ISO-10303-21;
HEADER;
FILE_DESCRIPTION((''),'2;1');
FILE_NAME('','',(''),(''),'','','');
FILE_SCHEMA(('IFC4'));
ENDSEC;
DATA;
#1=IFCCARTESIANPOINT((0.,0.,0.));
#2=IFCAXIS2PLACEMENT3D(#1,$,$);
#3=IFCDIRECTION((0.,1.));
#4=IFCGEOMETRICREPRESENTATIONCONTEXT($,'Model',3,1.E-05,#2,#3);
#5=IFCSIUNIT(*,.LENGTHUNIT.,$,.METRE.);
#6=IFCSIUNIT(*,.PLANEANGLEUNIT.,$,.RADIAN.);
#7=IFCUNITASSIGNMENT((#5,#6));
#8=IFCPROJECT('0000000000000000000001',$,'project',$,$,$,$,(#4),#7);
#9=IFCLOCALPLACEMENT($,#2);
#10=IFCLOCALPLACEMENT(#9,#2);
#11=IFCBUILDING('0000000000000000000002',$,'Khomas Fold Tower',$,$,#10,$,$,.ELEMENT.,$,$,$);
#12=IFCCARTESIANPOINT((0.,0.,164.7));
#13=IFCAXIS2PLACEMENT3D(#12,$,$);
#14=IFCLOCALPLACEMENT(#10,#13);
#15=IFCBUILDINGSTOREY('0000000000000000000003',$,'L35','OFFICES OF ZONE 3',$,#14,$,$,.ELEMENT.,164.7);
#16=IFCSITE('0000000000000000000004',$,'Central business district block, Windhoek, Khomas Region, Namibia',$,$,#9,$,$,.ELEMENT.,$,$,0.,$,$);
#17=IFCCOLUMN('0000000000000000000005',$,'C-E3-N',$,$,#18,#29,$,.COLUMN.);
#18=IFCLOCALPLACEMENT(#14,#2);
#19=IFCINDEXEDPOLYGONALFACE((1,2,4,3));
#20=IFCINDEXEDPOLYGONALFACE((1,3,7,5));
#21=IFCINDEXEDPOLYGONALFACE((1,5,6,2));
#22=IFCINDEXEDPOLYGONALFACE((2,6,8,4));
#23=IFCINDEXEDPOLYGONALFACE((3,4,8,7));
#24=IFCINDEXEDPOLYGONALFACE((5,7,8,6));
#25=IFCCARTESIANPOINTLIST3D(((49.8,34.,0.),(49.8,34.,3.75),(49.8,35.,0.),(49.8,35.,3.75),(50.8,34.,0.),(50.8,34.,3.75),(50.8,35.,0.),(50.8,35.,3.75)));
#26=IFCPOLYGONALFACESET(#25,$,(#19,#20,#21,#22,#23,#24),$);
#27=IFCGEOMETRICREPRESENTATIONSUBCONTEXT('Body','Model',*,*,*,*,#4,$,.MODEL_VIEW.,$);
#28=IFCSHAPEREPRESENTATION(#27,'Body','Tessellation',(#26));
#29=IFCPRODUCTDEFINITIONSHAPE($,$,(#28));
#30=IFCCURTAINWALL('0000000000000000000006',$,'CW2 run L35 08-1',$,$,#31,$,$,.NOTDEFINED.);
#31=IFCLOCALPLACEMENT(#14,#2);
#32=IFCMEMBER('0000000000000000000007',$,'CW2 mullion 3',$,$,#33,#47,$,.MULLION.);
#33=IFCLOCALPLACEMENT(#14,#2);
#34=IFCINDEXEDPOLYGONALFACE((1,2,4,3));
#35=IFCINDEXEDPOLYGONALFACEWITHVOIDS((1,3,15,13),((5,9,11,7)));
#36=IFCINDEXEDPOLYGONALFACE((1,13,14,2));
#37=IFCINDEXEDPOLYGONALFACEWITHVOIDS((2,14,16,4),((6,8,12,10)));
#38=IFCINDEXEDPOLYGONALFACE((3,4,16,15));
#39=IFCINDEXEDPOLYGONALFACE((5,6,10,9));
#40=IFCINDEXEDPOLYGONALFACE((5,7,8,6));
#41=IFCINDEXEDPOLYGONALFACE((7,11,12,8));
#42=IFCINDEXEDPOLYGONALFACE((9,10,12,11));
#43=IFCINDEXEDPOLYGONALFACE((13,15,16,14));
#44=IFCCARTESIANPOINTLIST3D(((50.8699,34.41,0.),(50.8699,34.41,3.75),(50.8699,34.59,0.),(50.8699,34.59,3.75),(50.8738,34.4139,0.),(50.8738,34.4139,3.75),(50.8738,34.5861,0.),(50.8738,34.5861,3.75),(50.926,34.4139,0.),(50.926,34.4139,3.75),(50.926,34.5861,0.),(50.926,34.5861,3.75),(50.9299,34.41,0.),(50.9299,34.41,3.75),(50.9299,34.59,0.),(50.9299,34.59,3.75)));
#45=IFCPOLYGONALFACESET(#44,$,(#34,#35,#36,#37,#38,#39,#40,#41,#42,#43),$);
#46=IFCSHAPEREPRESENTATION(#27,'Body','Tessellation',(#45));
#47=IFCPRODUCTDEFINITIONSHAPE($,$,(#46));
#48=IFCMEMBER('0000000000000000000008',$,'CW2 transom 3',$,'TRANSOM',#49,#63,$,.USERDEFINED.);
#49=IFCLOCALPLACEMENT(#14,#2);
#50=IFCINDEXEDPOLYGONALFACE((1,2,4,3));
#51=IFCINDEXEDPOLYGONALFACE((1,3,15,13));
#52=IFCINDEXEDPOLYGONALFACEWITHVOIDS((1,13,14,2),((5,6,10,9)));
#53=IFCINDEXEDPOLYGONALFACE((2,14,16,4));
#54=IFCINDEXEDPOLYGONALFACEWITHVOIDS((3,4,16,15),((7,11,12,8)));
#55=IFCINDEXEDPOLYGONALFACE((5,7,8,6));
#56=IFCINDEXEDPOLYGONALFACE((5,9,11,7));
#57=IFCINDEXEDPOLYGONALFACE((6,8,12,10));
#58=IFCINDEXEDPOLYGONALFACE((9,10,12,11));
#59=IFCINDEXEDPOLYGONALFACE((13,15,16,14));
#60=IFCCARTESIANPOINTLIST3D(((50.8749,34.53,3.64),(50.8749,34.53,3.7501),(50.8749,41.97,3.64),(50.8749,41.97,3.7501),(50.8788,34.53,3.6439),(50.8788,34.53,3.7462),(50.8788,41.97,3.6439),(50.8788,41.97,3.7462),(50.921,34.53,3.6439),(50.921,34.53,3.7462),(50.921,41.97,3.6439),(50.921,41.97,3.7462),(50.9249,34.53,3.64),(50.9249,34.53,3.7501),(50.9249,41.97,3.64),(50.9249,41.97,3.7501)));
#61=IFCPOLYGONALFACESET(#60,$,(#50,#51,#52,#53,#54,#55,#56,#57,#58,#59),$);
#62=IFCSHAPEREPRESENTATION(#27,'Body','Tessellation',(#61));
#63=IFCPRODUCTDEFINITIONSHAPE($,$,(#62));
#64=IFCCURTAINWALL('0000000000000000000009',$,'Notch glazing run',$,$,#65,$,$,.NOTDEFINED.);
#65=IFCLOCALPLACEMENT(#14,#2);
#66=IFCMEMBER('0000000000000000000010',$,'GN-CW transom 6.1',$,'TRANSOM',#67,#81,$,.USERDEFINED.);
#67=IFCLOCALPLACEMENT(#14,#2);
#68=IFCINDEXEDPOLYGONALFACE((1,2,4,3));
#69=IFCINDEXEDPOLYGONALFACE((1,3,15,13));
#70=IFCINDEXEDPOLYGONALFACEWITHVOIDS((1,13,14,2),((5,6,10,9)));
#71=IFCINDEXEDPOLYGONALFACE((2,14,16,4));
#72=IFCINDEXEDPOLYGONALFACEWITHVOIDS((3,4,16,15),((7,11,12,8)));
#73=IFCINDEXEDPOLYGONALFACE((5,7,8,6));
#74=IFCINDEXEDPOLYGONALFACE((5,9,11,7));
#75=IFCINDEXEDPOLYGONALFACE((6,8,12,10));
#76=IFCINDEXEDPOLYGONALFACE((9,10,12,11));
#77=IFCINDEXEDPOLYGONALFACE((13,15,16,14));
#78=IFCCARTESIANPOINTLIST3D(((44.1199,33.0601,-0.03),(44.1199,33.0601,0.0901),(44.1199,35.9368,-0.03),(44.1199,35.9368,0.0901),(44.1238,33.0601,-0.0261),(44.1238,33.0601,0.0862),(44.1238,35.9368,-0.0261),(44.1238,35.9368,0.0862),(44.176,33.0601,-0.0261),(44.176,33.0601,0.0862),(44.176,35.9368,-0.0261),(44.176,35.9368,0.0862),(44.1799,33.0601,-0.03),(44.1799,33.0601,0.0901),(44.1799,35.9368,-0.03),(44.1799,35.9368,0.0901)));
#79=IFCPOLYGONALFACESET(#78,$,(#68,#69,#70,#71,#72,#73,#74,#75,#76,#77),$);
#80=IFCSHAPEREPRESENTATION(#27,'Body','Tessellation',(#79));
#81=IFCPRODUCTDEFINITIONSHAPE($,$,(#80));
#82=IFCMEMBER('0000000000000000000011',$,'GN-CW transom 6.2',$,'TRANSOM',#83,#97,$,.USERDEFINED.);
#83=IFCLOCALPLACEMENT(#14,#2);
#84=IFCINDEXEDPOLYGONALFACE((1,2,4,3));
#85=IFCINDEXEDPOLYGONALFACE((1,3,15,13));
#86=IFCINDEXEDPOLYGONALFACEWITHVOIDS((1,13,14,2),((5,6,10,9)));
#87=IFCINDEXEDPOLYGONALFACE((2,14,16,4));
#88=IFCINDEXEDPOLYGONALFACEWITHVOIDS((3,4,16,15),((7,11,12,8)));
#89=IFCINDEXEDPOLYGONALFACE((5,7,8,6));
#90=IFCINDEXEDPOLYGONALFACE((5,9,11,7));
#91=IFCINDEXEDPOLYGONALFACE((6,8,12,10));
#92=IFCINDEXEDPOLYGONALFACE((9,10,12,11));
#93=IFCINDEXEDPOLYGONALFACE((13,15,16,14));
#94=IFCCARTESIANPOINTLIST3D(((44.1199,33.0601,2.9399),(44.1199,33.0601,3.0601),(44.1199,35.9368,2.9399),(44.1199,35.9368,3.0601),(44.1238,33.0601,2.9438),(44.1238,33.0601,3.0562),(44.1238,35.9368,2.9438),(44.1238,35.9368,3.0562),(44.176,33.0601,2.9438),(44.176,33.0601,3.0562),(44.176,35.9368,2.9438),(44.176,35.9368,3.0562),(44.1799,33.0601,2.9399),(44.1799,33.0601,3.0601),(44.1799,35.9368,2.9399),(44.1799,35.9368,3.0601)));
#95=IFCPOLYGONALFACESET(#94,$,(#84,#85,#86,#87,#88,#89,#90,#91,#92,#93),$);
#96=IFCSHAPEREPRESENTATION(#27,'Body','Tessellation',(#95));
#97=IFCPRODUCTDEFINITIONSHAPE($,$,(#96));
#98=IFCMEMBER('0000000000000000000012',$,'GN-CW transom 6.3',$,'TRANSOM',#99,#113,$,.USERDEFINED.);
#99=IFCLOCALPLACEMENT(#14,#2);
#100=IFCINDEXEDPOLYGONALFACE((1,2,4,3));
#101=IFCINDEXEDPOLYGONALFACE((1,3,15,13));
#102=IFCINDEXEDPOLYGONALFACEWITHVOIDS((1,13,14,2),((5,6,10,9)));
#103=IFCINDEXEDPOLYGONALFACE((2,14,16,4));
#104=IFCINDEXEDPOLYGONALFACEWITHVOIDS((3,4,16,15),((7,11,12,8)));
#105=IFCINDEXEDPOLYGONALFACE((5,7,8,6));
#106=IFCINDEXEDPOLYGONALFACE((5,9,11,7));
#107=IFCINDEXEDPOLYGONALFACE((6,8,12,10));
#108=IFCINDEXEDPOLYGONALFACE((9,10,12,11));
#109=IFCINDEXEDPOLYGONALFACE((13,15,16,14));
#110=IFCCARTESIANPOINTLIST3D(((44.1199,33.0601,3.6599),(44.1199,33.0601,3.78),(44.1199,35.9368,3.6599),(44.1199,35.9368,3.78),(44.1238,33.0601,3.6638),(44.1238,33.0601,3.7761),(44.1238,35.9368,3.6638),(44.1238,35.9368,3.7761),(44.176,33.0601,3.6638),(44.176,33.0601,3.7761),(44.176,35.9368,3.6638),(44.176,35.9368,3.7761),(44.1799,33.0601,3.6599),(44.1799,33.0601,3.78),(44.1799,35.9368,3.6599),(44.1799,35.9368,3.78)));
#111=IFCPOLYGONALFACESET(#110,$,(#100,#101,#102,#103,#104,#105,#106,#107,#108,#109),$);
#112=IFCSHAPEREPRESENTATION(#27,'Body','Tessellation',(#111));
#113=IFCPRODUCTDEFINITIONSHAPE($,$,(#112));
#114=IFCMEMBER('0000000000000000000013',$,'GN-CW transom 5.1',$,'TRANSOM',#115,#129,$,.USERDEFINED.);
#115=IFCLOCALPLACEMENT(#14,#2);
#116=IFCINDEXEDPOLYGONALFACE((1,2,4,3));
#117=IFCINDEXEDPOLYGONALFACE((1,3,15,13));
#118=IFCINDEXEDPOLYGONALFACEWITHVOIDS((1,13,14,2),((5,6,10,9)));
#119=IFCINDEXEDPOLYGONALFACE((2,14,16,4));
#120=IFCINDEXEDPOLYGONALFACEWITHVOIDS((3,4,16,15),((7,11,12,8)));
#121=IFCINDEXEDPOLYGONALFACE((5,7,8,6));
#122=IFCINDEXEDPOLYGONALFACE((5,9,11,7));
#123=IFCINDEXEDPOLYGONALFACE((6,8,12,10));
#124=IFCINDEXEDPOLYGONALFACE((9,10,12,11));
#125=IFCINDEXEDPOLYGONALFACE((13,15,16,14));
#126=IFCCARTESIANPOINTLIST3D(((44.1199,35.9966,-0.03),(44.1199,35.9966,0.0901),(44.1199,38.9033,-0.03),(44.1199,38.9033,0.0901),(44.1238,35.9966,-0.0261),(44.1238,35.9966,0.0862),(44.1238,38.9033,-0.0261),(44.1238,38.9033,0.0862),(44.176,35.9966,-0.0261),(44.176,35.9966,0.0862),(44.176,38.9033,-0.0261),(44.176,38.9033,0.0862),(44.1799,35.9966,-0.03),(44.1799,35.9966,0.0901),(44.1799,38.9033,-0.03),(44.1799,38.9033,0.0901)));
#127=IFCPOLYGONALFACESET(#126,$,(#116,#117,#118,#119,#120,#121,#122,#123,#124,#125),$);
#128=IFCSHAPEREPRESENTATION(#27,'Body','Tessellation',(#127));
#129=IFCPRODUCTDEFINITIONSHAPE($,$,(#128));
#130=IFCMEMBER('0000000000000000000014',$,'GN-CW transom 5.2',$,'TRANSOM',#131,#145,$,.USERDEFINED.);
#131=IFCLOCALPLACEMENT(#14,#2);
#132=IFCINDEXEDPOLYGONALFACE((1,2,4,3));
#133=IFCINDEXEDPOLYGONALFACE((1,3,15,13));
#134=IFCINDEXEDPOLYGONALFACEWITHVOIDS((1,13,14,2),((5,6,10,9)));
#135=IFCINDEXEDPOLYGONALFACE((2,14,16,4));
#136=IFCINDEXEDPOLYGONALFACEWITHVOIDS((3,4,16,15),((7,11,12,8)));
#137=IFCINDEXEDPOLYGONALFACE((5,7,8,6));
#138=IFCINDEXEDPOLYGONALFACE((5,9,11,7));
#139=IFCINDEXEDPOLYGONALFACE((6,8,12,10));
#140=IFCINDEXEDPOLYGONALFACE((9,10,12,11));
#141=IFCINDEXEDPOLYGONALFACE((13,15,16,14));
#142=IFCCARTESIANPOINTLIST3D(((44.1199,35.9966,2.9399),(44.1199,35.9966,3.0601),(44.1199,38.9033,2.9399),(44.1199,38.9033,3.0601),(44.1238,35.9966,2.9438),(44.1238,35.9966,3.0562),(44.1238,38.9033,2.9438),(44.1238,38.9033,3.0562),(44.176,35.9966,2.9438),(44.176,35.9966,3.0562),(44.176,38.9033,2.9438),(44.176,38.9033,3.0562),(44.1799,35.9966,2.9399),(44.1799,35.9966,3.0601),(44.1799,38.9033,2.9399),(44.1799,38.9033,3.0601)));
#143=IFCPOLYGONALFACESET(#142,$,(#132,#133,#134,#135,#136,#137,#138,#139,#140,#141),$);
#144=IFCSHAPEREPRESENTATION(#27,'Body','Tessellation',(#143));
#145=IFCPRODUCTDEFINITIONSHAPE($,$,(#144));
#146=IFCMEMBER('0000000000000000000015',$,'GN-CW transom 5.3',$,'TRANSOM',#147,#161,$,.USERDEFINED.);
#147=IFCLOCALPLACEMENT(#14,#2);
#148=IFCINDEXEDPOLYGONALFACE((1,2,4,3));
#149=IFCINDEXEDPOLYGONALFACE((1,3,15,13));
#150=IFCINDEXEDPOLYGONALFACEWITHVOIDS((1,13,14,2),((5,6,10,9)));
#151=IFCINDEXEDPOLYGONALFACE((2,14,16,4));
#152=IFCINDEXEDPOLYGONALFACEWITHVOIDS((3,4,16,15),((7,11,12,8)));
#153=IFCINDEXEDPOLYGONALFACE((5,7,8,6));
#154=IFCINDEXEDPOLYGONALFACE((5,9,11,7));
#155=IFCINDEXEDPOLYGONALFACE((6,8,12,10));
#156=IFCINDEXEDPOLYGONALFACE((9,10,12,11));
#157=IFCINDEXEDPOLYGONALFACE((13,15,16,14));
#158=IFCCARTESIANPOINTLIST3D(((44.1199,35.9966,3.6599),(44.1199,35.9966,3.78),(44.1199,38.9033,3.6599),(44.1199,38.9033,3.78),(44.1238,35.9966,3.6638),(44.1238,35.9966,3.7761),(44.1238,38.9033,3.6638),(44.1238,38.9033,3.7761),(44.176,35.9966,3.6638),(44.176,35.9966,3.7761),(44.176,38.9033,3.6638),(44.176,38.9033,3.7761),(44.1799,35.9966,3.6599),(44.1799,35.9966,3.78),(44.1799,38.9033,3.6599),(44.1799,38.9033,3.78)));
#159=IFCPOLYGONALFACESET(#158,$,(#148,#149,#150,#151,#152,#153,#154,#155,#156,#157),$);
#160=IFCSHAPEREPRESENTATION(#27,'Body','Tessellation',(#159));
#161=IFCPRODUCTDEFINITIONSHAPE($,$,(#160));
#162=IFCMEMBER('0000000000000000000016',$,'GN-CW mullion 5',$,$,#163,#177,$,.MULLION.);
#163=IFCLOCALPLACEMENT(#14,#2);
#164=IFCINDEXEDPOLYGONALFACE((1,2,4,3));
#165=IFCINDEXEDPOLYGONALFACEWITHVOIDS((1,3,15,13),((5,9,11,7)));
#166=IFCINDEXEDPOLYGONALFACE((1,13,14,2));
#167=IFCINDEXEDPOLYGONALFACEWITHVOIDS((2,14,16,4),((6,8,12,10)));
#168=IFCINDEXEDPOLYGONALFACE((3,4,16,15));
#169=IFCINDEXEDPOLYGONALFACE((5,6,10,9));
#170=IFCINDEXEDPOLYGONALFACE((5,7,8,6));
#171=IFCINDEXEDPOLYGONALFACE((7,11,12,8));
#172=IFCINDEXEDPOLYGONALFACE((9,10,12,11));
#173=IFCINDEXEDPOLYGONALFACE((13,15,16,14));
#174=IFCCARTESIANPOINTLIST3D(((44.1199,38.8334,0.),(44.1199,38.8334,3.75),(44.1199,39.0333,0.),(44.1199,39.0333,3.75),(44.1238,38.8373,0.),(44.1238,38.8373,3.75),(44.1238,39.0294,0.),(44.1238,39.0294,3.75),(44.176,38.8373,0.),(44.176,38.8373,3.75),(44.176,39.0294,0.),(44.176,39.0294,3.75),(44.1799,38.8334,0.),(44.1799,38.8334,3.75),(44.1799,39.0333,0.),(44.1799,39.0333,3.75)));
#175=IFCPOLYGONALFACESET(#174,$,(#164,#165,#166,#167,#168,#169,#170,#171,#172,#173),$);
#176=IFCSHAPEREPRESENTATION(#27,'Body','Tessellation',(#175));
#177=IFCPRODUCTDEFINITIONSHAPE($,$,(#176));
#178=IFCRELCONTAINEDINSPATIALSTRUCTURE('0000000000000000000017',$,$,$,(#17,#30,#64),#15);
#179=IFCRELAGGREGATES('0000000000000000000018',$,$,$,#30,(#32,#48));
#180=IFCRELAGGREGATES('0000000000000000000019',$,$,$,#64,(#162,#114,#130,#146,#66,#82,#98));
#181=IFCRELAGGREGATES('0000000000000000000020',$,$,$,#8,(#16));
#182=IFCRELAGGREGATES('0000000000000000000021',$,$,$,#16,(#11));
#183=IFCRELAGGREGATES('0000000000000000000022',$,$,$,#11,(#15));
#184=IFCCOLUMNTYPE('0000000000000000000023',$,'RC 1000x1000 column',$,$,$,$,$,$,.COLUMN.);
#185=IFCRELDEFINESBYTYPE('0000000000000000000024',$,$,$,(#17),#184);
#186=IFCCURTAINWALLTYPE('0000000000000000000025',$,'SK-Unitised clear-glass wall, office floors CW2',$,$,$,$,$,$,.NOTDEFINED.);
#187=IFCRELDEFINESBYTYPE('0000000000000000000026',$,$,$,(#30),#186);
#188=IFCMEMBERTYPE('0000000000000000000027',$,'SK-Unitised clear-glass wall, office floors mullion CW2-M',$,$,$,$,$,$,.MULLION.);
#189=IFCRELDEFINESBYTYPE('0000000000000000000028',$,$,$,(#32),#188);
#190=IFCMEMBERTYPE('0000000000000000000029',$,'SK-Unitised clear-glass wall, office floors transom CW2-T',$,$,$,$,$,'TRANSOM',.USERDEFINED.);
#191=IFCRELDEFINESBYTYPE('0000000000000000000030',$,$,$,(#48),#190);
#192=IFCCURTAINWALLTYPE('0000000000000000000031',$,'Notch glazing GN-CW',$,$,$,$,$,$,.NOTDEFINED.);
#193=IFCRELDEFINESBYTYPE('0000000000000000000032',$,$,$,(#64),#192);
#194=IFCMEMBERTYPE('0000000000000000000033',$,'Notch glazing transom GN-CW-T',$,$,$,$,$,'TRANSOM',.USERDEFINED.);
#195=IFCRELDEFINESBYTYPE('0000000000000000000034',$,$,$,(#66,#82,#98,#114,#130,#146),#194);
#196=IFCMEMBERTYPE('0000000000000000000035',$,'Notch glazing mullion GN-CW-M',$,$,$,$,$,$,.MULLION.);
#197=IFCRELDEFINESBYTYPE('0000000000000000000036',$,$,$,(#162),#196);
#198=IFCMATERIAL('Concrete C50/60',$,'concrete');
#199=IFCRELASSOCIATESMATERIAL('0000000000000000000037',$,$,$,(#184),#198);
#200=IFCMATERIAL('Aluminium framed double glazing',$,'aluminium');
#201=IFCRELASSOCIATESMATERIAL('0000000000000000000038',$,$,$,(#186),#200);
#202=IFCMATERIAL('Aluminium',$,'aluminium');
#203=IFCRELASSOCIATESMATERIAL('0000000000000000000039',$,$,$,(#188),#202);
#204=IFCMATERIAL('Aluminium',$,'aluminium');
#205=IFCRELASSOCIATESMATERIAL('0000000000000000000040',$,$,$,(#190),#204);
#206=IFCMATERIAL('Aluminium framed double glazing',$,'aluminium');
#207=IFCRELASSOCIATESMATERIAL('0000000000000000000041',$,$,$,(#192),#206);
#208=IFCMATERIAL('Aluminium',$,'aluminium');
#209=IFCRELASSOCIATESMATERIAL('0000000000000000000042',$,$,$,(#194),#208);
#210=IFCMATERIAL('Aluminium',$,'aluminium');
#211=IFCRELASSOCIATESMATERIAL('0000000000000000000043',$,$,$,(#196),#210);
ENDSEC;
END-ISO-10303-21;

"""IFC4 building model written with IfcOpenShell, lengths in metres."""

from ifc_helpers import new_model, si_unit, direction, frame, origin, origin_2d, place, context, subcontext, project, spatial, rectangle, hollow_rectangle, extrude, source, transform, mapped, material, material_profile, profile_set, type_object, element, aggregate, save


model = new_model("IFC4")

# Units and contexts
model_context = context("Model", 3, precision=1e-05, world=origin(), true_north=direction((0.0, 1.0)))
body_context = subcontext(model_context, "Body", "Model", "MODEL_VIEW")
ifc_project = project(units=[si_unit("LENGTHUNIT", "METRE"), si_unit("PLANEANGLEUNIT", "RADIAN")], contexts=[model_context])

# Site, building, storey
site_placement = place(None, origin())
site = spatial("IfcSite", under=ifc_project, at=site_placement, Name="Central business district block, Windhoek, Khomas Region, Namibia", CompositionType="ELEMENT", RefElevation=0.0)
building_placement = place(site_placement, origin())
building = spatial("IfcBuilding", under=site, at=building_placement, Name="Khomas Fold Tower", CompositionType="ELEMENT")
storey_placement = place(building_placement, frame((0.0, 0.0, 164.7)))
storey = spatial("IfcBuildingStorey", under=building, at=storey_placement, Name="L35", Description="OFFICES OF ZONE 3", CompositionType="ELEMENT", Elevation=164.7)

# Column
ifc_material_1 = material(Name="Concrete C50/60", Category="concrete")
ifc_material_profile_1 = material_profile(ifc_material_1, rectangle(XDim=1.0, YDim=1.0, at=origin_2d()), Name="RC 1000x1000")
ifc_profile_set_1 = profile_set([ifc_material_profile_1], Name="Concrete C50/60")
column_type = type_object("IfcColumnType", Name="RC 1000x1000 column", PredefinedType="COLUMN", material=ifc_profile_set_1)
shared_shape_1 = source(origin(), body_context, "Body", "SweptSolid", [
    extrude(rectangle(XDim=1.0, YDim=1.0, at=origin_2d()), origin(), (0.0, 0.0, 1.0), 3.75),
])
column_placement = place(storey_placement, frame((50.3, 34.5, 0.0), z_axis=(0.0, 0.0, 1.0), x_axis=(1.0, 0.0, 0.0)))
element("IfcColumn", 1, at=column_placement, inside=storey, type_object=column_type, Name="C-E3-N", PredefinedType="COLUMN", context=body_context, shape_type="MappedRepresentation", body=[
    mapped(shared_shape_1, transform((0.0, 0.0, 0.0))),
])

# Curtain walls, members
ifc_material_2 = material(Name="Aluminium framed double glazing", Category="aluminium")
curtain_wall_type_1 = type_object("IfcCurtainWallType", Name="SK-Unitised clear-glass wall, office floors CW2", PredefinedType="NOTDEFINED", material=ifc_material_2)
curtain_wall_1_placement = place(storey_placement, origin())
curtain_wall_1 = element("IfcCurtainWall", 2, at=curtain_wall_1_placement, inside=storey, type_object=curtain_wall_type_1, Name="CW2 run L35 08-1", PredefinedType="NOTDEFINED")
ifc_material_3 = material(Name="Aluminium", Category="aluminium")
ifc_material_profile_2 = material_profile(ifc_material_3, hollow_rectangle(XDim=0.0601, YDim=0.1799, WallThickness=0.0039, at=origin_2d()), Name="SK-Unitised clear-glass wall, office floors mullion CW2-M")
ifc_profile_set_2 = profile_set([ifc_material_profile_2], Name="Aluminium")
member_type_1 = type_object("IfcMemberType", Name="SK-Unitised clear-glass wall, office floors mullion CW2-M", PredefinedType="MULLION", material=ifc_profile_set_2)
shared_shape_2 = source(origin(), body_context, "Body", "SweptSolid", [
    extrude(hollow_rectangle(XDim=0.0601, YDim=0.1799, WallThickness=0.0039, at=origin_2d()), origin(), (0.0, 0.0, 1.0), 3.75),
])
member_1_placement = place(storey_placement, frame((50.8999, 34.5, 0.0), z_axis=(0.0, 0.0, 1.0), x_axis=(-1.0, 0.0, 0.0)))
member_1 = element("IfcMember", 3, at=member_1_placement, type_object=member_type_1, Name="CW2 mullion 3", PredefinedType="MULLION", context=body_context, shape_type="MappedRepresentation", body=[
    mapped(shared_shape_2, transform((0.0, 0.0, 0.0))),
])
ifc_material_4 = material(Name="Aluminium", Category="aluminium")
ifc_material_profile_3 = material_profile(ifc_material_4, hollow_rectangle(XDim=0.05, YDim=0.1101, WallThickness=0.0039, at=origin_2d()), Name="SK-Unitised clear-glass wall, office floors transom CW2-T")
ifc_profile_set_3 = profile_set([ifc_material_profile_3], Name="Aluminium")
member_type_2 = type_object("IfcMemberType", Name="SK-Unitised clear-glass wall, office floors transom CW2-T", ElementType="TRANSOM", PredefinedType="USERDEFINED", material=ifc_profile_set_3)
shared_shape_3 = source(origin(), body_context, "Body", "SweptSolid", [
    extrude(hollow_rectangle(XDim=0.05, YDim=0.1101, WallThickness=0.0039, at=origin_2d()), origin(), (0.0, 0.0, 1.0), 7.4399),
])
member_2_placement = place(storey_placement, frame((50.8999, 34.53, 3.6951), z_axis=(0.0, 1.0, 0.0), x_axis=(-1.0, 0.0, 0.0)))
member_2 = element("IfcMember", 4, at=member_2_placement, type_object=member_type_2, Name="CW2 transom 3", ObjectType="TRANSOM", PredefinedType="USERDEFINED", context=body_context, shape_type="MappedRepresentation", body=[
    mapped(shared_shape_3, transform((0.0, 0.0, 0.0))),
])
ifc_material_5 = material(Name="Aluminium framed double glazing", Category="aluminium")
curtain_wall_type_2 = type_object("IfcCurtainWallType", Name="Notch glazing GN-CW", PredefinedType="NOTDEFINED", material=ifc_material_5)
curtain_wall_2_placement = place(storey_placement, origin())
curtain_wall_2 = element("IfcCurtainWall", 5, at=curtain_wall_2_placement, inside=storey, type_object=curtain_wall_type_2, Name="Notch glazing run", PredefinedType="NOTDEFINED")
ifc_material_6 = material(Name="Aluminium", Category="aluminium")
ifc_material_profile_4 = material_profile(ifc_material_6, hollow_rectangle(XDim=0.0601, YDim=0.1201, WallThickness=0.0039, at=origin_2d()), Name="Notch glazing transom GN-CW-T")
ifc_profile_set_4 = profile_set([ifc_material_profile_4], Name="Aluminium")
member_type_3 = type_object("IfcMemberType", Name="Notch glazing transom GN-CW-T", ElementType="TRANSOM", PredefinedType="USERDEFINED", material=ifc_profile_set_4)
shared_shape_4 = source(origin(), body_context, "Body", "SweptSolid", [
    extrude(hollow_rectangle(XDim=0.0601, YDim=0.1201, WallThickness=0.0039, at=origin_2d()), origin(), (0.0, 0.0, 1.0), 2.8767),
])
member_3_placement = place(storey_placement, frame((44.1499, 35.9368, 0.03), z_axis=(0.0, -1.0, 0.0), x_axis=(1.0, 0.0, 0.0)))
member_3 = element("IfcMember", 6, at=member_3_placement, type_object=member_type_3, Name="GN-CW transom 6.1", ObjectType="TRANSOM", PredefinedType="USERDEFINED", context=body_context, shape_type="MappedRepresentation", body=[
    mapped(shared_shape_4, transform((0.0, 0.0, 0.0))),
])
member_4_placement = place(storey_placement, frame((44.1499, 35.9368, 3.0), z_axis=(0.0, -1.0, 0.0), x_axis=(1.0, 0.0, 0.0)))
member_4 = element("IfcMember", 7, at=member_4_placement, type_object=member_type_3, Name="GN-CW transom 6.2", ObjectType="TRANSOM", PredefinedType="USERDEFINED", context=body_context, shape_type="MappedRepresentation", body=[
    mapped(shared_shape_4, transform((0.0, 0.0, 0.0))),
])
member_5_placement = place(storey_placement, frame((44.1499, 35.9368, 3.72), z_axis=(0.0, -1.0, 0.0), x_axis=(1.0, 0.0, 0.0)))
member_5 = element("IfcMember", 8, at=member_5_placement, type_object=member_type_3, Name="GN-CW transom 6.3", ObjectType="TRANSOM", PredefinedType="USERDEFINED", context=body_context, shape_type="MappedRepresentation", body=[
    mapped(shared_shape_4, transform((0.0, 0.0, 0.0))),
])
shared_shape_5 = source(origin(), body_context, "Body", "SweptSolid", [
    extrude(hollow_rectangle(XDim=0.0601, YDim=0.1201, WallThickness=0.0039, at=origin_2d()), origin(), (0.0, 0.0, 1.0), 2.9067),
])
member_6_placement = place(storey_placement, frame((44.1499, 38.9033, 0.03), z_axis=(0.0, -1.0, 0.0), x_axis=(1.0, 0.0, 0.0)))
member_6 = element("IfcMember", 9, at=member_6_placement, type_object=member_type_3, Name="GN-CW transom 5.1", ObjectType="TRANSOM", PredefinedType="USERDEFINED", context=body_context, shape_type="MappedRepresentation", body=[
    mapped(shared_shape_5, transform((0.0, 0.0, 0.0))),
])
member_7_placement = place(storey_placement, frame((44.1499, 38.9033, 3.0), z_axis=(0.0, -1.0, 0.0), x_axis=(1.0, 0.0, 0.0)))
member_7 = element("IfcMember", 10, at=member_7_placement, type_object=member_type_3, Name="GN-CW transom 5.2", ObjectType="TRANSOM", PredefinedType="USERDEFINED", context=body_context, shape_type="MappedRepresentation", body=[
    mapped(shared_shape_5, transform((0.0, 0.0, 0.0))),
])
member_8_placement = place(storey_placement, frame((44.1499, 38.9033, 3.72), z_axis=(0.0, -1.0, 0.0), x_axis=(1.0, 0.0, 0.0)))
member_8 = element("IfcMember", 11, at=member_8_placement, type_object=member_type_3, Name="GN-CW transom 5.3", ObjectType="TRANSOM", PredefinedType="USERDEFINED", context=body_context, shape_type="MappedRepresentation", body=[
    mapped(shared_shape_5, transform((0.0, 0.0, 0.0))),
])
ifc_material_7 = material(Name="Aluminium", Category="aluminium")
ifc_material_profile_5 = material_profile(ifc_material_7, hollow_rectangle(XDim=0.0601, YDim=0.2, WallThickness=0.0039, at=origin_2d()), Name="Notch glazing mullion GN-CW-M")
ifc_profile_set_5 = profile_set([ifc_material_profile_5], Name="Aluminium")
member_type_4 = type_object("IfcMemberType", Name="Notch glazing mullion GN-CW-M", PredefinedType="MULLION", material=ifc_profile_set_5)
shared_shape_6 = source(origin(), body_context, "Body", "SweptSolid", [
    extrude(hollow_rectangle(XDim=0.0601, YDim=0.2, WallThickness=0.0039, at=origin_2d()), origin(), (0.0, 0.0, 1.0), 3.75),
])
member_9_placement = place(storey_placement, frame((44.1499, 38.9333, 0.0), z_axis=(0.0, 0.0, 1.0), x_axis=(1.0, 0.0, 0.0)))
member_9 = element("IfcMember", 12, at=member_9_placement, type_object=member_type_4, Name="GN-CW mullion 5", PredefinedType="MULLION", context=body_context, shape_type="MappedRepresentation", body=[
    mapped(shared_shape_6, transform((0.0, 0.0, 0.0))),
])

aggregate(curtain_wall_1, [member_1, member_2])
aggregate(curtain_wall_2, [member_9, member_6, member_7, member_8, member_3, member_4, member_5])

save(model, "model.ifc")
